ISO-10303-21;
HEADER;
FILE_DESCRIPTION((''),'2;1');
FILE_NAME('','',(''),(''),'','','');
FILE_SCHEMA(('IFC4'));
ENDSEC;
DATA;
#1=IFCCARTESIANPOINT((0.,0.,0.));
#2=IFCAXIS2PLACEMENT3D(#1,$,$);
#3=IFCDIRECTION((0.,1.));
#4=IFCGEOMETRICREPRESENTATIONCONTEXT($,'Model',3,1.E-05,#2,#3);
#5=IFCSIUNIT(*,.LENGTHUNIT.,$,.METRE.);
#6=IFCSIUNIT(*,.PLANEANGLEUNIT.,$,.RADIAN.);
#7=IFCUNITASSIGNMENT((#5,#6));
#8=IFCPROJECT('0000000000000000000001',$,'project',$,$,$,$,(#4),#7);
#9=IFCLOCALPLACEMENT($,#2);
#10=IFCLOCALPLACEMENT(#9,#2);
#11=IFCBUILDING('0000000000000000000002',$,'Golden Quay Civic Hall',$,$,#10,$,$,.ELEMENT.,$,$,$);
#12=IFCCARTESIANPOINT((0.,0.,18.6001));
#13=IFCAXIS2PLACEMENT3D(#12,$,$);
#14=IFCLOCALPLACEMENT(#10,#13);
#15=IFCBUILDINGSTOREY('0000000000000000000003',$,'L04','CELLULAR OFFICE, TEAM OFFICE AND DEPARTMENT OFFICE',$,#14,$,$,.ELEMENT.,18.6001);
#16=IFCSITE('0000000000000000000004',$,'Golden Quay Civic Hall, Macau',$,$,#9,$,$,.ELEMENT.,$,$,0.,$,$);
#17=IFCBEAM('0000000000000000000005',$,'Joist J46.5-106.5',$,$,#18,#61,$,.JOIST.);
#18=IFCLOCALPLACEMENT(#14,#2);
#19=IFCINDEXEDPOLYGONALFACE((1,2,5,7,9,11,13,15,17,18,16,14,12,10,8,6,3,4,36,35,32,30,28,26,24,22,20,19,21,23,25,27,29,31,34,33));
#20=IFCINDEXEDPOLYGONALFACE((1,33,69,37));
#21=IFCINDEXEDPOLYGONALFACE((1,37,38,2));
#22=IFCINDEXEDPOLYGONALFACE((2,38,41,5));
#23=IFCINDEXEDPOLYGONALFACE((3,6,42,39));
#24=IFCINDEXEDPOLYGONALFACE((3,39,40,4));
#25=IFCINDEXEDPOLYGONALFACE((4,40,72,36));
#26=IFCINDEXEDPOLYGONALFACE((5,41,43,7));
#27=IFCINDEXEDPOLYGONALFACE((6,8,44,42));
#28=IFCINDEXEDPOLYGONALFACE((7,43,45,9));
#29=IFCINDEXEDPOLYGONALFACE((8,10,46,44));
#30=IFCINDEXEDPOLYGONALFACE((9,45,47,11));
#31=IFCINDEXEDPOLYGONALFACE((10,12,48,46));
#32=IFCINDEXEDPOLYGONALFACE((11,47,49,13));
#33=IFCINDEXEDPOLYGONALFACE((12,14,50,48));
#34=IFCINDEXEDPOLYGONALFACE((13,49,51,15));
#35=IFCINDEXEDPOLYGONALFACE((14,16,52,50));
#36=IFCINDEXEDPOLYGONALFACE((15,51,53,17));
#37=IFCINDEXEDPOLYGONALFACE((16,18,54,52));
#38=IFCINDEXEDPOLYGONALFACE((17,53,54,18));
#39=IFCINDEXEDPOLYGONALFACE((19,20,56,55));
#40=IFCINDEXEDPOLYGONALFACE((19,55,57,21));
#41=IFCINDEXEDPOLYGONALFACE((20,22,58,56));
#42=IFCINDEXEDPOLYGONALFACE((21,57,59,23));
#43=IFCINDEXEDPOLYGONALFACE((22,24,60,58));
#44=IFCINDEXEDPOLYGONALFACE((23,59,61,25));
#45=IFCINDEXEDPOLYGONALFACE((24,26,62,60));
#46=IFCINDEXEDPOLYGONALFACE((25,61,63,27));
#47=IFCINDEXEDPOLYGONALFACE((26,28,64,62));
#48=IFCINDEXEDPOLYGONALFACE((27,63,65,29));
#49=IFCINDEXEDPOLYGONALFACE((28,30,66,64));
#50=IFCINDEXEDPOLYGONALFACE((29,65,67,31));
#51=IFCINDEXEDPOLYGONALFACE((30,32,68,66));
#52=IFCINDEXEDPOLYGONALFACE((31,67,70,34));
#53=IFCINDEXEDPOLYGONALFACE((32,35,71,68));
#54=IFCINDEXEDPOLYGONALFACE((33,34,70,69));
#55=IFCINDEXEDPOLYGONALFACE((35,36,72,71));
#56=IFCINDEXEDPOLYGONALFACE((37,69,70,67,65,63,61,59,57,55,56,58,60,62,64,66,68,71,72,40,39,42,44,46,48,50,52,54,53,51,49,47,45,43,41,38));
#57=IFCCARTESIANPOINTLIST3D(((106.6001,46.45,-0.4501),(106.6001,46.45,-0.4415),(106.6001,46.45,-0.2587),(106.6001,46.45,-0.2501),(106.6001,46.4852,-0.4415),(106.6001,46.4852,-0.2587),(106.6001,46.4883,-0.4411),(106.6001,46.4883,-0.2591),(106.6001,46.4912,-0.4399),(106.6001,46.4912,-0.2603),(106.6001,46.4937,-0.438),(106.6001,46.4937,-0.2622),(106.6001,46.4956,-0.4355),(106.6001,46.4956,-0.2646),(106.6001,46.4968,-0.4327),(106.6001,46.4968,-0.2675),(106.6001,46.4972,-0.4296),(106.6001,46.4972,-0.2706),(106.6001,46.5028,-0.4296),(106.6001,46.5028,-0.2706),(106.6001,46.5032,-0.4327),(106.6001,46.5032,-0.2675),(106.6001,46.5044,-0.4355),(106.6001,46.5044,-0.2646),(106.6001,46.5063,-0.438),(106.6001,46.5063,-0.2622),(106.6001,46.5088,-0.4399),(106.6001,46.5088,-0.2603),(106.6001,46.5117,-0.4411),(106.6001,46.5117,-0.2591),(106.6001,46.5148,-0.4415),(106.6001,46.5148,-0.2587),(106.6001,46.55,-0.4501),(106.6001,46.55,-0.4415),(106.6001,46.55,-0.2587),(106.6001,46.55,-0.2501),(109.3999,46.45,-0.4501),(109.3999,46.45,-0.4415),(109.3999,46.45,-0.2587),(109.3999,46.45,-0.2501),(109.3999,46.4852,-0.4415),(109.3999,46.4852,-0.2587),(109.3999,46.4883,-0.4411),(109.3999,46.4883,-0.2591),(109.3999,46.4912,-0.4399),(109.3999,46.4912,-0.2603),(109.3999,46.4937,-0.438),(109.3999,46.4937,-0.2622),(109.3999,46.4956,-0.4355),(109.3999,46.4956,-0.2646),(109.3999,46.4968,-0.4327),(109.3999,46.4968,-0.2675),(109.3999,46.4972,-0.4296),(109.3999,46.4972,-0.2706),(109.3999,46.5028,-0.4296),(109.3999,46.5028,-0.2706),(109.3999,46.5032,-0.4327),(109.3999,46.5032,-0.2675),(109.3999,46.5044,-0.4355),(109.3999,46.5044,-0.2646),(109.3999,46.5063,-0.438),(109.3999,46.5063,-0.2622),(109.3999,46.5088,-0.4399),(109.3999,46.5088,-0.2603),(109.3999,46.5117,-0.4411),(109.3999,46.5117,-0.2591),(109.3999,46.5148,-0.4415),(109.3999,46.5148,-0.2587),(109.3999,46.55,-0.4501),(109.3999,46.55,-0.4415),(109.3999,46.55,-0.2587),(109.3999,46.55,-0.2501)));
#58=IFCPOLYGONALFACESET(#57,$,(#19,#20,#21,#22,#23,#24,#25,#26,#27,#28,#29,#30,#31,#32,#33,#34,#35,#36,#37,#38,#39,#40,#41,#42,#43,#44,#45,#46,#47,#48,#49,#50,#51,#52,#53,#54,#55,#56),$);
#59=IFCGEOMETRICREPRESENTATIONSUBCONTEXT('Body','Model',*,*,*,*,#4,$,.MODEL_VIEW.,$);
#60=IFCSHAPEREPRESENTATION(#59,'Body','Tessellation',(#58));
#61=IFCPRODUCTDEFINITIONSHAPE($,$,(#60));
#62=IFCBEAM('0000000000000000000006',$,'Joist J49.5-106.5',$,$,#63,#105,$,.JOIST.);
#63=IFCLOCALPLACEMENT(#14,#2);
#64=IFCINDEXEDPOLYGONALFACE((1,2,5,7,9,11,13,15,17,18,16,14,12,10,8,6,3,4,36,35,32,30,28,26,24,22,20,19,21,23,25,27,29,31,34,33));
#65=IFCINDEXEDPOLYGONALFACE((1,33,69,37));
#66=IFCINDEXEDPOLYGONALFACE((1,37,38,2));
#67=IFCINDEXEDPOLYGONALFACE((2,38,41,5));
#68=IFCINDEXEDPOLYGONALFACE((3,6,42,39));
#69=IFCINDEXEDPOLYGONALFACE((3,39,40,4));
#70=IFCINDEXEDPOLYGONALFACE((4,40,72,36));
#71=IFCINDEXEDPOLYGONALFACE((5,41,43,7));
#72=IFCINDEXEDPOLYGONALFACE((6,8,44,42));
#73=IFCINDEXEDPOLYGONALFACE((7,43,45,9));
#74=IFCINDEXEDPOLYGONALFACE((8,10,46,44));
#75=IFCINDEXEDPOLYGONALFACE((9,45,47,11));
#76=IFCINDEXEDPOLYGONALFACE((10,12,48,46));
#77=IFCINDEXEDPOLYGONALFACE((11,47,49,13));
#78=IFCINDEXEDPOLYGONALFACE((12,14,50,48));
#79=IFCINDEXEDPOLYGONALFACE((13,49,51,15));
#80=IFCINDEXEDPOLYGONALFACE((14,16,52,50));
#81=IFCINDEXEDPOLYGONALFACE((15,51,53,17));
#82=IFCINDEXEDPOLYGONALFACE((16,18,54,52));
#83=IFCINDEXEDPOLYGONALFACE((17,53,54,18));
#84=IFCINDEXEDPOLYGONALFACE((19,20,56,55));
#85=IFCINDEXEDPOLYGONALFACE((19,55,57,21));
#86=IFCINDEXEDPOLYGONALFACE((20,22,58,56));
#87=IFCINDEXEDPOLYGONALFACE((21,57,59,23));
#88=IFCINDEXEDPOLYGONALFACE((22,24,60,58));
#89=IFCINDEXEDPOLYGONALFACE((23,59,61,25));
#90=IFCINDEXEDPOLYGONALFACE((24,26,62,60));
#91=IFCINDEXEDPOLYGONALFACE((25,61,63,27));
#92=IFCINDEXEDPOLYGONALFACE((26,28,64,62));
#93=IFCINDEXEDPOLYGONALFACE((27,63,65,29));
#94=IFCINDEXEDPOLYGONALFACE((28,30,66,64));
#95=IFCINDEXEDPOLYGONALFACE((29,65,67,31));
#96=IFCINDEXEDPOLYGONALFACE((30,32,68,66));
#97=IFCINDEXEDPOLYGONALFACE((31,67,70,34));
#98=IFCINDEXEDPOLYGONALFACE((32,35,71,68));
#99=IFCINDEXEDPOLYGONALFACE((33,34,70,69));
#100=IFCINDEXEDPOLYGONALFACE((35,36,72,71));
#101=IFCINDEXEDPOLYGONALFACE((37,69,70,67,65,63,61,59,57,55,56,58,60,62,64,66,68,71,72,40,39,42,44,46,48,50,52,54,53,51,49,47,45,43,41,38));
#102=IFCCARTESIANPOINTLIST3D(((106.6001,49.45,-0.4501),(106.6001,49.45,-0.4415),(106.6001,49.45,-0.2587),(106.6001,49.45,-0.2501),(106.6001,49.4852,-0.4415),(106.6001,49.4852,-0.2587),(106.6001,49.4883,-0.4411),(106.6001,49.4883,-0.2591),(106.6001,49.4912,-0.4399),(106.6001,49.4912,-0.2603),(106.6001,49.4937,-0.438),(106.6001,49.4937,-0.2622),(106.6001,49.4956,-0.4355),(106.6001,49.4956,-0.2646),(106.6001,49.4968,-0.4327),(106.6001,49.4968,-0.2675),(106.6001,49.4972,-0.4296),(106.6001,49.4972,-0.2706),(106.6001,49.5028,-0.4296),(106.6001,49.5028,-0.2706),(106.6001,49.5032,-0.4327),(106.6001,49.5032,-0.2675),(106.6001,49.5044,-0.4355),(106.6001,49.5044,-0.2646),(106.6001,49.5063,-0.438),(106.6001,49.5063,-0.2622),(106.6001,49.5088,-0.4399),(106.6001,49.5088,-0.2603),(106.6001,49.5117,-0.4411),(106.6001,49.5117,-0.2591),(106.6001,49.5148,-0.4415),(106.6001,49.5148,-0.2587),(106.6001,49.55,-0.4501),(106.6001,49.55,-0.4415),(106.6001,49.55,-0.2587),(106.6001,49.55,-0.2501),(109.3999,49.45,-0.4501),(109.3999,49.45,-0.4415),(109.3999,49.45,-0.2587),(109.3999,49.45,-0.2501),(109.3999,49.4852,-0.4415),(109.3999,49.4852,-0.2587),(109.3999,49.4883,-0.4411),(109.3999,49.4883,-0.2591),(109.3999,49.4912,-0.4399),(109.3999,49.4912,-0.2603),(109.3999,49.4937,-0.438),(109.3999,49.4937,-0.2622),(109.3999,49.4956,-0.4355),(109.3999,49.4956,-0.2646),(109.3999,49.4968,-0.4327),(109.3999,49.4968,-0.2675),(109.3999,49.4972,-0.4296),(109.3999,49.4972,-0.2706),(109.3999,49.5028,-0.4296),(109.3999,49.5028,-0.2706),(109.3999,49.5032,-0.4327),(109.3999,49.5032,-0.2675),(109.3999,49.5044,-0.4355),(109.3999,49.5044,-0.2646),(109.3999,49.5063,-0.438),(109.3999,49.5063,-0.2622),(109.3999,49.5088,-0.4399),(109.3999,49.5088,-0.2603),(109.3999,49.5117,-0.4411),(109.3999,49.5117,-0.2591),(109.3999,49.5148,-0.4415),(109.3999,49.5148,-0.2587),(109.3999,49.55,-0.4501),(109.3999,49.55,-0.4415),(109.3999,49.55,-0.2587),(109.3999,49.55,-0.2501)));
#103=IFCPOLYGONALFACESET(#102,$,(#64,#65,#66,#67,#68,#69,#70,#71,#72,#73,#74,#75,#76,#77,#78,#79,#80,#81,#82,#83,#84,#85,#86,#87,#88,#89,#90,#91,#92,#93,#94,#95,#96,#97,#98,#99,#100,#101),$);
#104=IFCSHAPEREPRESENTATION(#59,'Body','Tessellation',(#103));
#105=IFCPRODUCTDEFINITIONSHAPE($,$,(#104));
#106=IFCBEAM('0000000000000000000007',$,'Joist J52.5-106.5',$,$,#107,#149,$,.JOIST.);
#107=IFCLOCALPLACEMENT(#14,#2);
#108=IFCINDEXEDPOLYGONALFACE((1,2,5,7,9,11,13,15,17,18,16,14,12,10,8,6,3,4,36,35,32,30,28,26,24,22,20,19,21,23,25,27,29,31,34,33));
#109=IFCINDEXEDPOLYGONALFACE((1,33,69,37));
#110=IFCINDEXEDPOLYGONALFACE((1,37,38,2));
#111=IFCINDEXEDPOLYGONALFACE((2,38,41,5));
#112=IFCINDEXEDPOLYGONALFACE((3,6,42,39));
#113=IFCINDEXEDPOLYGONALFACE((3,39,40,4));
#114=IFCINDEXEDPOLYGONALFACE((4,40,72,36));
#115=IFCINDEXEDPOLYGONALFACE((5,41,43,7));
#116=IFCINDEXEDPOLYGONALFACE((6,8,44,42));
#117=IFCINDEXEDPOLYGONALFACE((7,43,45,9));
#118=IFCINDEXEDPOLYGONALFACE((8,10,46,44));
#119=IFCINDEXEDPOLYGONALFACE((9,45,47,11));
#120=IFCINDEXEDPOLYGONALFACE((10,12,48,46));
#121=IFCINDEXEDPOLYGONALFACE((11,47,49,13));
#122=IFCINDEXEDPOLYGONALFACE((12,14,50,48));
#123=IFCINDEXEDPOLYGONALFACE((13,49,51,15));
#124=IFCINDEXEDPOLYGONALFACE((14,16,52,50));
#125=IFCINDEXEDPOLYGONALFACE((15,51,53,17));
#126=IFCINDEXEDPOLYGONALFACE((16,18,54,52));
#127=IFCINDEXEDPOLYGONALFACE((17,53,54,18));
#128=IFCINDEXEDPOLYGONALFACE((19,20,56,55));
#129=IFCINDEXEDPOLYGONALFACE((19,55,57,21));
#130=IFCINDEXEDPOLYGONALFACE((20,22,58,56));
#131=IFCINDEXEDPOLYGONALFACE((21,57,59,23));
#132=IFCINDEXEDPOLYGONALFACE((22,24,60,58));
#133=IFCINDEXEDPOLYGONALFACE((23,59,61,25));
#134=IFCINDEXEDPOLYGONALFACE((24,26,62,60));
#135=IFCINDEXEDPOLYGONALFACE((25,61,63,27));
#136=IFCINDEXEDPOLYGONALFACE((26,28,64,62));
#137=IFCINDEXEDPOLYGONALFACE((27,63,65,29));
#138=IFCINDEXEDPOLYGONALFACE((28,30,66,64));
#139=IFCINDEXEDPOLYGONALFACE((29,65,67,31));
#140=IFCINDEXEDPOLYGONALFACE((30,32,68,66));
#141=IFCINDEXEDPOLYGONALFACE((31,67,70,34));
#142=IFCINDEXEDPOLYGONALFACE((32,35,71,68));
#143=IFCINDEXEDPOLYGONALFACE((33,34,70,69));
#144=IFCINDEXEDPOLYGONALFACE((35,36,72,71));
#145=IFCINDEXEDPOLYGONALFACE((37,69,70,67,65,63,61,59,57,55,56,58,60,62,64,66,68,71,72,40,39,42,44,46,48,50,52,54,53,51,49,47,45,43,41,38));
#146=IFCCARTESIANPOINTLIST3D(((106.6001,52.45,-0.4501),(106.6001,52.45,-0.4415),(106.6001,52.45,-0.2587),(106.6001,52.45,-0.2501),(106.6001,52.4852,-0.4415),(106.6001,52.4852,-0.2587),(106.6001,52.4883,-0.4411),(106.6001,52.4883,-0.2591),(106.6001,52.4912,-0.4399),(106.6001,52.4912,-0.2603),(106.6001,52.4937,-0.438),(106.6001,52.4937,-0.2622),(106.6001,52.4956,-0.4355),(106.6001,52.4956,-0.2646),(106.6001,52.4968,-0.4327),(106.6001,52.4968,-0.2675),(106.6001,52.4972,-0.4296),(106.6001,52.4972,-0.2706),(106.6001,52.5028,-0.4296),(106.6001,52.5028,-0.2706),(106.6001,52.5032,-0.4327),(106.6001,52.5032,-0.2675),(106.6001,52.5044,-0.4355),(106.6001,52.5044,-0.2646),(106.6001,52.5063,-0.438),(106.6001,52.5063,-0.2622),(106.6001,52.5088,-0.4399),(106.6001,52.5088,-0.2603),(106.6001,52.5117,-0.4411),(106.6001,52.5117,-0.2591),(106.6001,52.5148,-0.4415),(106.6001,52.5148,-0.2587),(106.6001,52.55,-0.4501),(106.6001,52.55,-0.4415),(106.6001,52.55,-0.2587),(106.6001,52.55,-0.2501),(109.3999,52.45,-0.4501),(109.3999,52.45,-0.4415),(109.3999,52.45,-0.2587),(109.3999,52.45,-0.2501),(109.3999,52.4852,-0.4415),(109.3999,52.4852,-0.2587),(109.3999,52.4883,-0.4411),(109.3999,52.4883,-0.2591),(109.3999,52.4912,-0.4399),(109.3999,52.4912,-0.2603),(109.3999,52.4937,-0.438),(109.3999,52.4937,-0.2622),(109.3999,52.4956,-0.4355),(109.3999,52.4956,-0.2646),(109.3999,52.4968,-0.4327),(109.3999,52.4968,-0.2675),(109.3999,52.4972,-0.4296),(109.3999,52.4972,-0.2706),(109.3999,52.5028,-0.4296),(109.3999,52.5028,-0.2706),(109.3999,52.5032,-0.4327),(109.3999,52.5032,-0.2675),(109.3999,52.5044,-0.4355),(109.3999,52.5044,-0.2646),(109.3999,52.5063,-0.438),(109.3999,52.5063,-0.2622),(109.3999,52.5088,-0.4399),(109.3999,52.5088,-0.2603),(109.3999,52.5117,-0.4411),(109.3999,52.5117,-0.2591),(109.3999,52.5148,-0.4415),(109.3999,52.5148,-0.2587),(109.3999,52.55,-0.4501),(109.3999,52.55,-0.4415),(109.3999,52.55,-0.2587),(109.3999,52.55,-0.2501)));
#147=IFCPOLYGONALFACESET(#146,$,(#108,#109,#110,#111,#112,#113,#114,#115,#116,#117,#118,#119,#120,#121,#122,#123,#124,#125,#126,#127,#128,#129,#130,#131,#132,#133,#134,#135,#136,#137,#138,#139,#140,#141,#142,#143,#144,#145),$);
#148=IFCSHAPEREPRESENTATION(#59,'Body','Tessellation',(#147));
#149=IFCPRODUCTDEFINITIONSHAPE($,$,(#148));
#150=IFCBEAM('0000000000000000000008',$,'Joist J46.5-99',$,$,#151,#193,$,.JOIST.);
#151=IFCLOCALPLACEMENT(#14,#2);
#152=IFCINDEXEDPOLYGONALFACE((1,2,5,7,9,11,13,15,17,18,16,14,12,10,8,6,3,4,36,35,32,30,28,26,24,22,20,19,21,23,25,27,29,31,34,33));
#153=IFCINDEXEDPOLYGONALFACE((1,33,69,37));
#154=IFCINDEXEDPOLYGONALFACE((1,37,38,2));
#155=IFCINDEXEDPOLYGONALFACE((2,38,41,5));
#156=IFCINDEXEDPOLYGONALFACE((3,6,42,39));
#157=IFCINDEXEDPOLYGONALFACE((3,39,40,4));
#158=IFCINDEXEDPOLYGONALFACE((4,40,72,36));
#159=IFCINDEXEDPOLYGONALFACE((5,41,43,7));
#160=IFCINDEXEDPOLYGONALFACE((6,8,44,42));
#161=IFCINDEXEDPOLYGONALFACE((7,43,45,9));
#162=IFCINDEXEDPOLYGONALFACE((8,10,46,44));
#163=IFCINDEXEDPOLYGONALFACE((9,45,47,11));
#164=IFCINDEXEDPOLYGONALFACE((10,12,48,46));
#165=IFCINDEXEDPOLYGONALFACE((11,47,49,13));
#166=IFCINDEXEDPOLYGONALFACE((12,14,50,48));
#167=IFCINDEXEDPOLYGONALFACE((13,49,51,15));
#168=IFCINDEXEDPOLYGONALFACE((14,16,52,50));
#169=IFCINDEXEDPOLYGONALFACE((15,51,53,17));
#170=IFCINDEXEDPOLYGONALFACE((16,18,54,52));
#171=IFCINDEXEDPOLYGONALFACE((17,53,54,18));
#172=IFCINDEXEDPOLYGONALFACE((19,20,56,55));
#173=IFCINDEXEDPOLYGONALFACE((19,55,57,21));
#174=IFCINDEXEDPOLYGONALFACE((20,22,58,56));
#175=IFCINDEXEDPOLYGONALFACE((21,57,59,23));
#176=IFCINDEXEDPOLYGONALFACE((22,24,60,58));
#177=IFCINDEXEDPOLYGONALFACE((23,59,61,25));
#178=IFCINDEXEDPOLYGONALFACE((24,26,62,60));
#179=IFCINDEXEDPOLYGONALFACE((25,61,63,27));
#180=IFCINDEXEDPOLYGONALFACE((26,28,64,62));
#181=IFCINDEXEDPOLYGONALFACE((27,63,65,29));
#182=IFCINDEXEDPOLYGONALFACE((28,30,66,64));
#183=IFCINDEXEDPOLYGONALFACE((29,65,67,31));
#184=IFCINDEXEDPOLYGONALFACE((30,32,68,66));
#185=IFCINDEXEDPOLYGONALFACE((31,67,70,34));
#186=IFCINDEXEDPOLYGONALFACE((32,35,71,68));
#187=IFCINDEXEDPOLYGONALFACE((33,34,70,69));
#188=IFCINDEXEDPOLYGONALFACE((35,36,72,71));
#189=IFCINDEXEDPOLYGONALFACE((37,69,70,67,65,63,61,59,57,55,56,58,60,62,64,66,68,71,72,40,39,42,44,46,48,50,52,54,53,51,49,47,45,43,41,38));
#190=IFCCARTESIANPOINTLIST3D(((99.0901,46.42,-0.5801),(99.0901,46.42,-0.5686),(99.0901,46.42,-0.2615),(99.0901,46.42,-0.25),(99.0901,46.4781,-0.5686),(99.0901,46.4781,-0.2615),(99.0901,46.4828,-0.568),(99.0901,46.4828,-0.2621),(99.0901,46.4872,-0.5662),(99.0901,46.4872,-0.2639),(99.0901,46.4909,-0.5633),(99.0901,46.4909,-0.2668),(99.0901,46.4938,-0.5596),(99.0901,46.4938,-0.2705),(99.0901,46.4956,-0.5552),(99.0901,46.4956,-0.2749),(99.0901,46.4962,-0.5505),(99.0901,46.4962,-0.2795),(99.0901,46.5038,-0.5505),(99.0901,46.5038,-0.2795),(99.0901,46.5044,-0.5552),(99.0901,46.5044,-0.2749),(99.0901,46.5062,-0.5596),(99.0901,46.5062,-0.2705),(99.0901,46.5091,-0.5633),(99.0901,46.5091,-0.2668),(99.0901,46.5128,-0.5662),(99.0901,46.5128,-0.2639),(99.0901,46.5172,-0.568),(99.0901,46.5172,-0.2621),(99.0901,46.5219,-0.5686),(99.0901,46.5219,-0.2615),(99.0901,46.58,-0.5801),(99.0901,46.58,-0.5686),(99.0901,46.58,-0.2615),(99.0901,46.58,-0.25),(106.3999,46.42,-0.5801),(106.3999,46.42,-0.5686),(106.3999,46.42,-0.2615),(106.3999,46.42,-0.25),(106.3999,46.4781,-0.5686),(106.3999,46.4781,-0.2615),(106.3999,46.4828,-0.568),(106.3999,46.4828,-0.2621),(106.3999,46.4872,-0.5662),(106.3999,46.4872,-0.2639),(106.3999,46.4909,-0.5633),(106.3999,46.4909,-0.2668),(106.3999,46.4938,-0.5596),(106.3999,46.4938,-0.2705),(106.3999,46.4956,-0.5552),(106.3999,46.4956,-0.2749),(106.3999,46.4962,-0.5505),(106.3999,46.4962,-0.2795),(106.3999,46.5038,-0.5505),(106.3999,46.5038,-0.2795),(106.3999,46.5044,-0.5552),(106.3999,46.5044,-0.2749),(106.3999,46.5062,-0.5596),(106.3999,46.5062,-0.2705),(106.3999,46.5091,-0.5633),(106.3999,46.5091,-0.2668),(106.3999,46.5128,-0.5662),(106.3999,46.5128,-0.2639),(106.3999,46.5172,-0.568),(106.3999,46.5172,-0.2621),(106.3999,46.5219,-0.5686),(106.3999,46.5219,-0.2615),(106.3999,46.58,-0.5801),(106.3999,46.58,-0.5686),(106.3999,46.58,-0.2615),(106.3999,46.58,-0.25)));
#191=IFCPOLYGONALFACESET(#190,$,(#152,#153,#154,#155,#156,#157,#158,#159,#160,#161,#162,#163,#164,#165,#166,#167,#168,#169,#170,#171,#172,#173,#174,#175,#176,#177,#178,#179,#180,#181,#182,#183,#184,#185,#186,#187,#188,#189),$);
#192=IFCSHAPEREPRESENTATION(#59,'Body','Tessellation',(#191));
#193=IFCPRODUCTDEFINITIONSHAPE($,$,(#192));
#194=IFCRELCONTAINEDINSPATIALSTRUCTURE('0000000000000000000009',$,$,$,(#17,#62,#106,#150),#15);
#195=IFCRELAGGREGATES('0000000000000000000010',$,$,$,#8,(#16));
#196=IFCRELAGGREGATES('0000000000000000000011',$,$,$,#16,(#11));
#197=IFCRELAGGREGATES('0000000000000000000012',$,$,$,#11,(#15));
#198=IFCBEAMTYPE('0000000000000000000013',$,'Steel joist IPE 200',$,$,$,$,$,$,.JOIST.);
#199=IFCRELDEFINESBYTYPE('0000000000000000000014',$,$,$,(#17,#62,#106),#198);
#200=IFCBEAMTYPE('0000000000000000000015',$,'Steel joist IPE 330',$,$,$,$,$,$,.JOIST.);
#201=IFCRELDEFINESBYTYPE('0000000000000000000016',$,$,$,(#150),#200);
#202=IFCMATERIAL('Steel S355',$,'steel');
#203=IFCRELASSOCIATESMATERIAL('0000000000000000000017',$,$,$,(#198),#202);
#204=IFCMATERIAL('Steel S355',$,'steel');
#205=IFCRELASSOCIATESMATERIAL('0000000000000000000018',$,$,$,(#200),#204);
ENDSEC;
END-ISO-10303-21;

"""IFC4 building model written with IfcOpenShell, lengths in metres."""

from ifc_helpers import new_model, si_unit, direction, frame, origin, origin_2d, place, context, subcontext, project, spatial, i_section, extrude, material, material_profile, profile_set, type_object, element, save


model = new_model("IFC4")

# Units and contexts
model_context = context("Model", 3, precision=1e-05, world=origin(), true_north=direction((0.0, 1.0)))
body_context = subcontext(model_context, "Body", "Model", "MODEL_VIEW")
ifc_project = project(units=[si_unit("LENGTHUNIT", "METRE"), si_unit("PLANEANGLEUNIT", "RADIAN")], contexts=[model_context])

# Site, building, storey
site_placement = place(None, origin())
site = spatial("IfcSite", under=ifc_project, at=site_placement, Name="Golden Quay Civic Hall, Macau", CompositionType="ELEMENT", RefElevation=0.0)
building_placement = place(site_placement, origin())
building = spatial("IfcBuilding", under=site, at=building_placement, Name="Golden Quay Civic Hall", CompositionType="ELEMENT")
storey_placement = place(building_placement, frame((0.0, 0.0, 18.6001)))
storey = spatial("IfcBuildingStorey", under=building, at=storey_placement, Name="L04", Description="CELLULAR OFFICE, TEAM OFFICE AND DEPARTMENT OFFICE", CompositionType="ELEMENT", Elevation=18.6001)

# Beams
ifc_material_1 = material(Name="Steel S355", Category="steel")
ifc_material_profile_1 = material_profile(ifc_material_1, i_section(OverallWidth=0.1001, OverallDepth=0.2, WebThickness=0.0056, FlangeThickness=0.0085, FilletRadius=0.012, at=origin_2d()), Name="IPE 200")
ifc_profile_set_1 = profile_set([ifc_material_profile_1], Name="Steel S355")
beam_type_1 = type_object("IfcBeamType", Name="Steel joist IPE 200", PredefinedType="JOIST", material=ifc_profile_set_1)
for number, where, z_axis, x_axis, name in (
    (1, (106.6001, 46.5, -0.3501), (1.0, 0.0, 0.0), (0.0, 1.0, 0.0), "Joist J46.5-106.5"),
    (2, (106.6001, 49.5, -0.3501), (1.0, 0.0, 0.0), (0.0, 1.0, 0.0), "Joist J49.5-106.5"),
    (3, (106.6001, 52.5, -0.3501), (1.0, 0.0, 0.0), (0.0, 1.0, 0.0), "Joist J52.5-106.5"),
):
    element("IfcBeam", number, at=place(storey_placement, frame(where, z_axis=z_axis, x_axis=x_axis)), inside=storey, type_object=beam_type_1, Name=name, PredefinedType="JOIST", context=body_context, shape_type="SweptSolid", body=[
        extrude(i_section(OverallWidth=0.1001, OverallDepth=0.2, WebThickness=0.0056, FlangeThickness=0.0085, FilletRadius=0.012, at=origin_2d()), origin(), (0.0, 0.0, 1.0), 2.7998),
    ])
ifc_material_2 = material(Name="Steel S355", Category="steel")
ifc_material_profile_2 = material_profile(ifc_material_2, i_section(OverallWidth=0.1599, OverallDepth=0.3301, WebThickness=0.0076, FlangeThickness=0.0115, FilletRadius=0.0181, at=origin_2d()), Name="IPE 330")
ifc_profile_set_2 = profile_set([ifc_material_profile_2], Name="Steel S355")
beam_type_2 = type_object("IfcBeamType", Name="Steel joist IPE 330", PredefinedType="JOIST", material=ifc_profile_set_2)
for number, where, z_axis, x_axis, name in (
    (4, (99.0901, 46.5, -0.415), (1.0, 0.0, 0.0), (0.0, 1.0, 0.0), "Joist J46.5-99"),
):
    element("IfcBeam", number, at=place(storey_placement, frame(where, z_axis=z_axis, x_axis=x_axis)), inside=storey, type_object=beam_type_2, Name=name, PredefinedType="JOIST", context=body_context, shape_type="SweptSolid", body=[
        extrude(i_section(OverallWidth=0.1599, OverallDepth=0.3301, WebThickness=0.0076, FlangeThickness=0.0115, FilletRadius=0.0181, at=origin_2d()), origin(), (0.0, 0.0, 1.0), 7.3098),
    ])

save(model, "model.ifc")
